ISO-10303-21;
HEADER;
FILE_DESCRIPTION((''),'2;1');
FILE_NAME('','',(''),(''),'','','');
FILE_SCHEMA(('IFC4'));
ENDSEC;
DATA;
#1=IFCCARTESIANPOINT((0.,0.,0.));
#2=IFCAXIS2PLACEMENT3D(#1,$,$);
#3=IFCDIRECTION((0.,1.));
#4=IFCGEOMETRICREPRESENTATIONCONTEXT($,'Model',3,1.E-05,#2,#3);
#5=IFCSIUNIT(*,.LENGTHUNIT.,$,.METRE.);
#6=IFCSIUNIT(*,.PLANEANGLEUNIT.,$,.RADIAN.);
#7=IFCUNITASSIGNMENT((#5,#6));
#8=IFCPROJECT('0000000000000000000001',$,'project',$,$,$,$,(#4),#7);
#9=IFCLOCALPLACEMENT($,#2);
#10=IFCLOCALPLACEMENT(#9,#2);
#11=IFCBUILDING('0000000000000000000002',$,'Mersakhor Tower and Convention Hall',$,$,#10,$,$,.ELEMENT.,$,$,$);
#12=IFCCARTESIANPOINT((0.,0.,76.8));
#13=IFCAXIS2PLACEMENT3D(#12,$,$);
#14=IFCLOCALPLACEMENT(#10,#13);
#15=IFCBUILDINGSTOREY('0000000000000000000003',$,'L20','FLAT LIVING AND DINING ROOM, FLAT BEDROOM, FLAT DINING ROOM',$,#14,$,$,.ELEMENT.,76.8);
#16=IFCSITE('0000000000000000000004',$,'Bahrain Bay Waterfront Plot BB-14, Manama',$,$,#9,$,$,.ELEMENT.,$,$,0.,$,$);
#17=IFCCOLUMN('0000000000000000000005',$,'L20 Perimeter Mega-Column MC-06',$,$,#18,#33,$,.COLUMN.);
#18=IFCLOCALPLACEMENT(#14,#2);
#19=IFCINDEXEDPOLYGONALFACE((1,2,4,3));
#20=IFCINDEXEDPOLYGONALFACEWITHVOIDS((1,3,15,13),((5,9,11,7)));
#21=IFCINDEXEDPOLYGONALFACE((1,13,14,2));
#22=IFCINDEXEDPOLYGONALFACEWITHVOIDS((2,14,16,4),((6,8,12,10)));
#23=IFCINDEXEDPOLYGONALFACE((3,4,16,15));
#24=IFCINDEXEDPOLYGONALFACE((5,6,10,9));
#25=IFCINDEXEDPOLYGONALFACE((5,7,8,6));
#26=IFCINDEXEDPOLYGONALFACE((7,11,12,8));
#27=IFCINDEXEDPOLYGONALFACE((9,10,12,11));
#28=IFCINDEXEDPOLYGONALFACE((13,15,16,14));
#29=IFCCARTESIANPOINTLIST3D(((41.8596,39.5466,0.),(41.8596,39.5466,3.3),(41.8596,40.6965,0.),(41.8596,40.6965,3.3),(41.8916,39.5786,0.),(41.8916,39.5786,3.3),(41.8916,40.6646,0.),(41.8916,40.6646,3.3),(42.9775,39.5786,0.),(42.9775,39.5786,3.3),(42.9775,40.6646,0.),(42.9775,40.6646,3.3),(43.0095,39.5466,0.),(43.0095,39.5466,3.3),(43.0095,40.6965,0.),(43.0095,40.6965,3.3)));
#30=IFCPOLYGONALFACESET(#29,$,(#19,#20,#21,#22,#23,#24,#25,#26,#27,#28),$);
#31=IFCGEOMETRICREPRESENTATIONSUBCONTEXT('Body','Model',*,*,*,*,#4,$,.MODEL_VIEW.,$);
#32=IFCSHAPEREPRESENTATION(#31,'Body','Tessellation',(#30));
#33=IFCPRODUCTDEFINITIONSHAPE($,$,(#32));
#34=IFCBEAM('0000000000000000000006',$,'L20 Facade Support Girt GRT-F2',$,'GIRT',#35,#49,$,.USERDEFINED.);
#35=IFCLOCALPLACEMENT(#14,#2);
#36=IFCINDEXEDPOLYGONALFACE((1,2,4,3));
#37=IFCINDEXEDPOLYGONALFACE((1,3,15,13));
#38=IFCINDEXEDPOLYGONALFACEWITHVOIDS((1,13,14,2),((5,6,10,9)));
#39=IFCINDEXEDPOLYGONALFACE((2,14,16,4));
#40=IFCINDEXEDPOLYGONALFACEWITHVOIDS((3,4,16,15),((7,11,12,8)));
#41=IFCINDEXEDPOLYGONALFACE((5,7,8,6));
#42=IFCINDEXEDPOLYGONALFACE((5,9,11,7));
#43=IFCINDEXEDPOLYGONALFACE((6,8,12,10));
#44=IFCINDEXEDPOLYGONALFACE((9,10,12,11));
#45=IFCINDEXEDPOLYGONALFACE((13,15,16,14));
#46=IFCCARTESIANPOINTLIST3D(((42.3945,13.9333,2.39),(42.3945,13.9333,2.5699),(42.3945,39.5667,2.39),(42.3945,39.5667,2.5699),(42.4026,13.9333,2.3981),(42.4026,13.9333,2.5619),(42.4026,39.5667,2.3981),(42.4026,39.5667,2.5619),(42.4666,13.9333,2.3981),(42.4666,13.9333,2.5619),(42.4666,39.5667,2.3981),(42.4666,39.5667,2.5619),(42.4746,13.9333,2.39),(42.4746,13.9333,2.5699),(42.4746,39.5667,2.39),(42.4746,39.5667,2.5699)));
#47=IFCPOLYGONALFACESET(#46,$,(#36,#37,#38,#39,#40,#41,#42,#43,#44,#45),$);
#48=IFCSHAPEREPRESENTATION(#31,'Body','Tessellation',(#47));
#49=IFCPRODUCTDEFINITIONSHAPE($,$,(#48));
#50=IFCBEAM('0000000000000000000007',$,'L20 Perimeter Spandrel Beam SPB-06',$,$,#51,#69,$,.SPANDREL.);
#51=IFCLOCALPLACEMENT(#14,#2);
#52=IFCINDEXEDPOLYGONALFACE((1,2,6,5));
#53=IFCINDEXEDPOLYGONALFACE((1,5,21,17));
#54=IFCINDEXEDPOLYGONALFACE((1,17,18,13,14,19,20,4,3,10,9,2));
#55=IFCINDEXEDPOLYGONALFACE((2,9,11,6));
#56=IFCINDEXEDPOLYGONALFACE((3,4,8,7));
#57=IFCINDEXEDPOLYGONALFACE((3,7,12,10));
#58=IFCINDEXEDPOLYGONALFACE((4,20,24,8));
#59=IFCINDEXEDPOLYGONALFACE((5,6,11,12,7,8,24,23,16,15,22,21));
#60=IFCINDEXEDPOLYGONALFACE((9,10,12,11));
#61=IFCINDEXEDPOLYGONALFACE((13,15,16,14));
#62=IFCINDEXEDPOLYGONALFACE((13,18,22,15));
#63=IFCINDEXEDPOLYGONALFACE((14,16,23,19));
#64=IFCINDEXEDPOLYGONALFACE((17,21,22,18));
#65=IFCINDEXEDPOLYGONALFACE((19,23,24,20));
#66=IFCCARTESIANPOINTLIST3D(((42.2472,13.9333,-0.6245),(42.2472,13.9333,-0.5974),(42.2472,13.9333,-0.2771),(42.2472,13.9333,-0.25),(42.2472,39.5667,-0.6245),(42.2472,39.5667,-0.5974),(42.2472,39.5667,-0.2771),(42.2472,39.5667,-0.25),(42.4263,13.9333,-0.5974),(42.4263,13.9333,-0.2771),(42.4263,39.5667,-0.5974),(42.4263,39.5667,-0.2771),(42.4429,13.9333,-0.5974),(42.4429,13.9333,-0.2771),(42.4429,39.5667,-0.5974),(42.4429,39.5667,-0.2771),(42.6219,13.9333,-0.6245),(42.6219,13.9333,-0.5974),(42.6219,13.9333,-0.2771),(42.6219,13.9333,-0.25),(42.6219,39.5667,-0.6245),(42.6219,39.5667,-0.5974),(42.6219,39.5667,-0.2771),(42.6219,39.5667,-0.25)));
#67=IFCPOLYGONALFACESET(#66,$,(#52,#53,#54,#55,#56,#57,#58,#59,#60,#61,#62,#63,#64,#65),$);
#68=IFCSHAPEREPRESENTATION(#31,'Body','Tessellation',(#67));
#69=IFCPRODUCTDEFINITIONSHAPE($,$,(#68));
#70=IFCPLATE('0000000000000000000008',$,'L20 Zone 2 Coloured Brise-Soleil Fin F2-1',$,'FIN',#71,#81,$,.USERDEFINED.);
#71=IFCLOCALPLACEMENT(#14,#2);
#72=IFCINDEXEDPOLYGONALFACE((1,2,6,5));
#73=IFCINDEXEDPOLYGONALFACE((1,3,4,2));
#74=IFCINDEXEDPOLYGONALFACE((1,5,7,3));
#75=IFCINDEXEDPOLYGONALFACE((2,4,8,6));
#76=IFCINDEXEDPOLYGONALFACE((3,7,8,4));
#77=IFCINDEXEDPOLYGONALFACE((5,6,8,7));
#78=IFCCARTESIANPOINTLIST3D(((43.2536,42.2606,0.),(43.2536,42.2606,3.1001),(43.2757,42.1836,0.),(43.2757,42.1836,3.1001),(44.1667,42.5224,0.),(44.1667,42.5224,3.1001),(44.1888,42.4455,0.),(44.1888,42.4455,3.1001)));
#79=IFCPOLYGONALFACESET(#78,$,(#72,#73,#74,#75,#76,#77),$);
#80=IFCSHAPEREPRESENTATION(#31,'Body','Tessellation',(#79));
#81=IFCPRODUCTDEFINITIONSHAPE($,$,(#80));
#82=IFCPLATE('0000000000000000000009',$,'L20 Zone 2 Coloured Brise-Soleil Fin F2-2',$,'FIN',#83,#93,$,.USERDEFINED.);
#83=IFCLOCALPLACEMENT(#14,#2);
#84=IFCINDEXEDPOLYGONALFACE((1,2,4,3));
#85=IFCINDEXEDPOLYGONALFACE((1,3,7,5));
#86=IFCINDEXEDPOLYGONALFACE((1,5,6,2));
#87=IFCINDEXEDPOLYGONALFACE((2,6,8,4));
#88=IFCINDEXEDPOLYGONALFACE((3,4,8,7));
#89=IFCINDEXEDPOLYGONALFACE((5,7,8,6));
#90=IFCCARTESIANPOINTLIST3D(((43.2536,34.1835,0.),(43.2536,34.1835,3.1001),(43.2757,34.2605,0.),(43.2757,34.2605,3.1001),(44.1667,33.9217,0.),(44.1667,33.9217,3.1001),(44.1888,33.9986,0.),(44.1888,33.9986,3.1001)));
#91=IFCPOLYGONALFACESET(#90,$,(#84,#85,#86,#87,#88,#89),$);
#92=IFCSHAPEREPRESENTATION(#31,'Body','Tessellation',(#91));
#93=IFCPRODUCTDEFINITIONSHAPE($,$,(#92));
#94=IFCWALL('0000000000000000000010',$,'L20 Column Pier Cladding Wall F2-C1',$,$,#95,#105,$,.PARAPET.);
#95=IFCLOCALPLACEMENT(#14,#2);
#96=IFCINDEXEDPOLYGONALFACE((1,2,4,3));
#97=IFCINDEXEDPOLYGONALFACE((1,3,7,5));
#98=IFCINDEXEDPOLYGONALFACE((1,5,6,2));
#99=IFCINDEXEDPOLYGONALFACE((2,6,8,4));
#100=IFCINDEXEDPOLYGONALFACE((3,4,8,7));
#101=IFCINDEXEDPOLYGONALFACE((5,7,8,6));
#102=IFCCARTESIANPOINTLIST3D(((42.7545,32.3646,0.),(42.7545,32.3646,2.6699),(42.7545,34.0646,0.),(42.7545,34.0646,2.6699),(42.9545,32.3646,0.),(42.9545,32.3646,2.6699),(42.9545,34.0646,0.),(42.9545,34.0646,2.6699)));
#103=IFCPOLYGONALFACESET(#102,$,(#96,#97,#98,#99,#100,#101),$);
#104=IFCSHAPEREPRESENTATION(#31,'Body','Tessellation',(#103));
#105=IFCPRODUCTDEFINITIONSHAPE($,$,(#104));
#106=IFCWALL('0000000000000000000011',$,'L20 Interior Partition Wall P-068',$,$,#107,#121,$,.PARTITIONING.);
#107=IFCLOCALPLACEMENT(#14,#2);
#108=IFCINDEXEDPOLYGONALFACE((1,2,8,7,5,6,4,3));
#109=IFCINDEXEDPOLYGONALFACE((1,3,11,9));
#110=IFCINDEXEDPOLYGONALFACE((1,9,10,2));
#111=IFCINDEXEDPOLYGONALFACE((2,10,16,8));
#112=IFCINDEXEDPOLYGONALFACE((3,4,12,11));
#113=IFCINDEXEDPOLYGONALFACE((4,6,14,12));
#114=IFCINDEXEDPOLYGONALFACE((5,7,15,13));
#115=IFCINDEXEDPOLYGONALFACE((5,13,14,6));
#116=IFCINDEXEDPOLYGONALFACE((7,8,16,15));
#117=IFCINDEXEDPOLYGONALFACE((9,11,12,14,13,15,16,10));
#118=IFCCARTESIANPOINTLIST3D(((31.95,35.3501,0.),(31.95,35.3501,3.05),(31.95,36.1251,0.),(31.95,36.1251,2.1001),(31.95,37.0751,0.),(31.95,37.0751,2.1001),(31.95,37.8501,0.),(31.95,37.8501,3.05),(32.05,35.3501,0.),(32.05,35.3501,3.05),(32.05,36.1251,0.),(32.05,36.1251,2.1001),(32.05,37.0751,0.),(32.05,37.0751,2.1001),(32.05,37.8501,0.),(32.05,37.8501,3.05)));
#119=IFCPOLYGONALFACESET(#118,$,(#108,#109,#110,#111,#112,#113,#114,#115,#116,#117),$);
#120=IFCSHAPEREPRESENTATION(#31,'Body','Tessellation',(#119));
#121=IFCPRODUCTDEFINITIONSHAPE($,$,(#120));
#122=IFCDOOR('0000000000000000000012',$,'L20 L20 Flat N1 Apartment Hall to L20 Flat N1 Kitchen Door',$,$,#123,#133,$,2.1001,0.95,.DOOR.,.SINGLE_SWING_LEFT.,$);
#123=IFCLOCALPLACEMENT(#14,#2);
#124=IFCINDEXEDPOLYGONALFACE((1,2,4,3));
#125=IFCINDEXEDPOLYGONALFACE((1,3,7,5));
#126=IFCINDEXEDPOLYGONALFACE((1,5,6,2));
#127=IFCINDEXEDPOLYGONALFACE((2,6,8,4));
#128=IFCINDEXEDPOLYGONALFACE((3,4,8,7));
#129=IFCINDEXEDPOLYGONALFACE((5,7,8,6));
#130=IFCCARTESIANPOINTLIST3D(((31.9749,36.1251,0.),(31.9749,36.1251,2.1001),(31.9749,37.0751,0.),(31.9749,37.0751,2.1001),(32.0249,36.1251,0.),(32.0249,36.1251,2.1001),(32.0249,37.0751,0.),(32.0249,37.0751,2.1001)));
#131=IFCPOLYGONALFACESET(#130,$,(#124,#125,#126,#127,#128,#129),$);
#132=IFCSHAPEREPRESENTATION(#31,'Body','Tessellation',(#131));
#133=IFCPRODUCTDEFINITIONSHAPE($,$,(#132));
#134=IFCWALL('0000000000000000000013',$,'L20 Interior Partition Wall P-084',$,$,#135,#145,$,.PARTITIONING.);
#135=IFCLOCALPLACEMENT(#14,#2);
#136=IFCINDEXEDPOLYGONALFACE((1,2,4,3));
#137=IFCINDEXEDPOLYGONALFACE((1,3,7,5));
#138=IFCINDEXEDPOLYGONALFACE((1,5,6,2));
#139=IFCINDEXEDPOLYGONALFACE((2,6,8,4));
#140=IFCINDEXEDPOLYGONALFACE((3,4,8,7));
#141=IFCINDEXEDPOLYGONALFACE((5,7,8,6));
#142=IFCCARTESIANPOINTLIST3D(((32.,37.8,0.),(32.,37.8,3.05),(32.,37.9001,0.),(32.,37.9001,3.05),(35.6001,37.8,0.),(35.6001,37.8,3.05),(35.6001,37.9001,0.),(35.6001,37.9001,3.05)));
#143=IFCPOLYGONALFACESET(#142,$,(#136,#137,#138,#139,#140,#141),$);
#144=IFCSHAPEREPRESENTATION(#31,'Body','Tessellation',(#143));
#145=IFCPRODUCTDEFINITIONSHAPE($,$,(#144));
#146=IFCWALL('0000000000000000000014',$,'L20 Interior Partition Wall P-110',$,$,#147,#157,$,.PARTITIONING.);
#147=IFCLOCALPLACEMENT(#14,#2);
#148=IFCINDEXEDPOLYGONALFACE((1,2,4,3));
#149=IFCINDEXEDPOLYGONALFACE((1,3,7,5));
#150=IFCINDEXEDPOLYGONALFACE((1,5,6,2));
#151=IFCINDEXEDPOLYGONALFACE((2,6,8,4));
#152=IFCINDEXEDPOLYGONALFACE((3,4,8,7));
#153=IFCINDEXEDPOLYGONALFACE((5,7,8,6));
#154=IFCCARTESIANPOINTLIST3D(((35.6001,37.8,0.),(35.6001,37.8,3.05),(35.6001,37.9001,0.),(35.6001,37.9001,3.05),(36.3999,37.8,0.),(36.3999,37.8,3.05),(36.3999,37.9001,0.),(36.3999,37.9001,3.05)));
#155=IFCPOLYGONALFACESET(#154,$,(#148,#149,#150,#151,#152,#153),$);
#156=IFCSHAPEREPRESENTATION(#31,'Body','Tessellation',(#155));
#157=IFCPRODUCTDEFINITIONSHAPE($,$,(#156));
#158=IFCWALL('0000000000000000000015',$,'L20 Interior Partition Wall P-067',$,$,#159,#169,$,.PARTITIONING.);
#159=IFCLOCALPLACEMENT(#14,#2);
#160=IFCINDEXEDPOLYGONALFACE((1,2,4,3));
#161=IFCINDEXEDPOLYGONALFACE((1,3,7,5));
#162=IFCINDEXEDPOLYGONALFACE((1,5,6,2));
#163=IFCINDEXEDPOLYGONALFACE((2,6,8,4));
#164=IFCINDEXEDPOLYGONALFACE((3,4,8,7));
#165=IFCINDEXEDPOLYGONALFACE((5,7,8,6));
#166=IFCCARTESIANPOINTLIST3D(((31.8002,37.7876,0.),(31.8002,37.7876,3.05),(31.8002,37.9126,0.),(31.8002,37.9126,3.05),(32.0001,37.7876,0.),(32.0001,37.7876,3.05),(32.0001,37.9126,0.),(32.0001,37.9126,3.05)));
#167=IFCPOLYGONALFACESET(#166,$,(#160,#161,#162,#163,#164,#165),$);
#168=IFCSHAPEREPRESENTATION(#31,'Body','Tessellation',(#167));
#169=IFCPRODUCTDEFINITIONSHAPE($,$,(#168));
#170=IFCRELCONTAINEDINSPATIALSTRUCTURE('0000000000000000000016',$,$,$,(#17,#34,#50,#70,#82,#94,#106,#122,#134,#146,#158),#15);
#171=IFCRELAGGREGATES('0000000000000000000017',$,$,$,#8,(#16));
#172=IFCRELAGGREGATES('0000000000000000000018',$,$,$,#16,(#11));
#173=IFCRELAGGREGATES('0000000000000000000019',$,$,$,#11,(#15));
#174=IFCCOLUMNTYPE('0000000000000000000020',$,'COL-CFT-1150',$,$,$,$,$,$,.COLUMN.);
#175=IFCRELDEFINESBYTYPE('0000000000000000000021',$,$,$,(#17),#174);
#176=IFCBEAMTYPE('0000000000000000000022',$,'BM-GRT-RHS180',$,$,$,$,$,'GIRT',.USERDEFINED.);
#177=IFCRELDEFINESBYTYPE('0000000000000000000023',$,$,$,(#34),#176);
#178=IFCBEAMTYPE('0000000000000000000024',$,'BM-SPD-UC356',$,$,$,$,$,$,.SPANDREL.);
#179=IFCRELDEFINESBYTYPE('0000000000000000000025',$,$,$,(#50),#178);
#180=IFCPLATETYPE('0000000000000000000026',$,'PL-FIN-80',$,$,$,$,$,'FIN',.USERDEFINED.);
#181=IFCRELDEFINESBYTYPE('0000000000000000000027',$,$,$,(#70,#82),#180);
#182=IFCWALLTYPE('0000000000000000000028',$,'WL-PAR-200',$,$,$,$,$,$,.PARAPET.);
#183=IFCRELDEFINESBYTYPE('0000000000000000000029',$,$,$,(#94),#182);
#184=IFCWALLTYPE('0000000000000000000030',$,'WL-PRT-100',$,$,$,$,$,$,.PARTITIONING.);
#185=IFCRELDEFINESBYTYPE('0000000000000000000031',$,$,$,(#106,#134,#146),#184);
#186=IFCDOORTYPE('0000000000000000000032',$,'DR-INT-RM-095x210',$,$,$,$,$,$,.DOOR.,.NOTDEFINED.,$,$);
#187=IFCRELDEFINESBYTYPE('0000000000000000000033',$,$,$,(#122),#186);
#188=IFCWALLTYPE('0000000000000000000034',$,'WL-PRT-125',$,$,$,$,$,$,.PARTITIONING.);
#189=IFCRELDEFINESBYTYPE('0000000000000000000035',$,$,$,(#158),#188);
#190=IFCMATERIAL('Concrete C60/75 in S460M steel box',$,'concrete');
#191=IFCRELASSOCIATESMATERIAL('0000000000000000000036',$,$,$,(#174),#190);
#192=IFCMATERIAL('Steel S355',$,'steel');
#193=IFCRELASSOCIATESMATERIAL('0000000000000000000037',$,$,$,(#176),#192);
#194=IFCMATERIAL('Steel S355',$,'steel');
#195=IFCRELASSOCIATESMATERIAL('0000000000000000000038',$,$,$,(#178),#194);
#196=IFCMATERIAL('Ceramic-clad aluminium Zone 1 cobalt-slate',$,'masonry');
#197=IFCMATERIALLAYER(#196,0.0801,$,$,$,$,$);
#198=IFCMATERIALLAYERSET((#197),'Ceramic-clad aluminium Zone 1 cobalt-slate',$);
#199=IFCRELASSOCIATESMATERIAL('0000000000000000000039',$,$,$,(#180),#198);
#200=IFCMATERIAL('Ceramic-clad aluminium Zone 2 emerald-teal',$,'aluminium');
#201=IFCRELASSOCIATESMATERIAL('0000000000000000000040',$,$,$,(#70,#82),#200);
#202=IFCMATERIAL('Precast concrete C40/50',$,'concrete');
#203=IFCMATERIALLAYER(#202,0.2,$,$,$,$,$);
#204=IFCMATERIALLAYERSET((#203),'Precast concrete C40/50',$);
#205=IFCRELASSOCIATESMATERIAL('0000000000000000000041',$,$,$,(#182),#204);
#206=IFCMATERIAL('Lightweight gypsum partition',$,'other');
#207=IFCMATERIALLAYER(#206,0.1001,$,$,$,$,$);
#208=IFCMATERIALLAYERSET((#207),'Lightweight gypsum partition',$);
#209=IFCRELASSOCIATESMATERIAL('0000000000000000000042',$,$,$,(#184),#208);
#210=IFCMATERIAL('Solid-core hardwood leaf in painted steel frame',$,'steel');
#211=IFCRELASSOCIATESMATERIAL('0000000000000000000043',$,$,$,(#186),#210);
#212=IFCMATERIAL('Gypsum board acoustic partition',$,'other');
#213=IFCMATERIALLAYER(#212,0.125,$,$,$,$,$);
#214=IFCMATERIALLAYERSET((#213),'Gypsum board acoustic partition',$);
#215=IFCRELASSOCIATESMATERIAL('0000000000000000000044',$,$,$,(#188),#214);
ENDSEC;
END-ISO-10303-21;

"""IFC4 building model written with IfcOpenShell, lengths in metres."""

from ifc_helpers import new_model, si_unit, direction, frame, frame_2d, origin, origin_2d, place, context, subcontext, project, spatial, rectangle, hollow_rectangle, i_section, extrude, material, layer, layer_set, material_profile, profile_set, type_object, element, fill, save


model = new_model("IFC4")

# Units and contexts
model_context = context("Model", 3, precision=1e-05, world=origin(), true_north=direction((0.0, 1.0)))
body_context = subcontext(model_context, "Body", "Model", "MODEL_VIEW")
ifc_project = project(units=[si_unit("LENGTHUNIT", "METRE"), si_unit("PLANEANGLEUNIT", "RADIAN")], contexts=[model_context])

# Site, building, storey
site_placement = place(None, origin())
site = spatial("IfcSite", under=ifc_project, at=site_placement, Name="Bahrain Bay Waterfront Plot BB-14, Manama", CompositionType="ELEMENT", RefElevation=0.0)
building_placement = place(site_placement, origin())
building = spatial("IfcBuilding", under=site, at=building_placement, Name="Mersakhor Tower and Convention Hall", CompositionType="ELEMENT")
storey_placement = place(building_placement, frame((0.0, 0.0, 76.8)))
storey = spatial("IfcBuildingStorey", under=building, at=storey_placement, Name="L20", Description="FLAT LIVING AND DINING ROOM, FLAT BEDROOM, FLAT DINING ROOM", CompositionType="ELEMENT", Elevation=76.8)

# Column
ifc_material_1 = material(Name="Concrete C60/75 in S460M steel box", Category="concrete")
ifc_material_profile_1 = material_profile(ifc_material_1, hollow_rectangle(XDim=1.1499, YDim=1.1499, WallThickness=0.032, at=origin_2d()), Name="SHS 1150x1150x32")
ifc_profile_set_1 = profile_set([ifc_material_profile_1], Name="Concrete C60/75 in S460M steel box")
column_type = type_object("IfcColumnType", Name="COL-CFT-1150", PredefinedType="COLUMN", material=ifc_profile_set_1)
column_placement = place(storey_placement, frame((42.4346, 40.1216, 0.0), z_axis=(0.0, 0.0, 1.0), x_axis=(1.0, 0.0, 0.0)))
element("IfcColumn", 1, at=column_placement, inside=storey, type_object=column_type, Name="L20 Perimeter Mega-Column MC-06", PredefinedType="COLUMN", context=body_context, shape_type="SweptSolid", body=[
    extrude(hollow_rectangle(XDim=1.1499, YDim=1.1499, WallThickness=0.032, at=origin_2d()), origin(), (0.0, 0.0, 1.0), 3.3),
])

# Beams
ifc_material_2 = material(Name="Steel S355", Category="steel")
ifc_material_profile_2 = material_profile(ifc_material_2, hollow_rectangle(XDim=0.0801, YDim=0.1799, WallThickness=0.0081, at=origin_2d()), Name="RHS 180x80x8")
ifc_profile_set_2 = profile_set([ifc_material_profile_2], Name="Steel S355")
beam_type_1 = type_object("IfcBeamType", Name="BM-GRT-RHS180", ElementType="GIRT", PredefinedType="USERDEFINED", material=ifc_profile_set_2)
beam_1_placement = place(storey_placement, frame((42.4346, 39.5667, 2.48), z_axis=(0.0, -1.0, 0.0), x_axis=(1.0, 0.0, 0.0)))
element("IfcBeam", 2, at=beam_1_placement, inside=storey, type_object=beam_type_1, Name="L20 Facade Support Girt GRT-F2", ObjectType="GIRT", PredefinedType="USERDEFINED", context=body_context, shape_type="SweptSolid", body=[
    extrude(hollow_rectangle(XDim=0.0801, YDim=0.1799, WallThickness=0.0081, at=origin_2d()), origin(), (0.0, 0.0, 1.0), 25.6333),
])
ifc_material_3 = material(Name="Steel S355", Category="steel")
ifc_material_profile_3 = material_profile(ifc_material_3, i_section(OverallWidth=0.3748, OverallDepth=0.3745, WebThickness=0.0166, FlangeThickness=0.0271, at=origin_2d()), Name="UC 356x368x202")
ifc_profile_set_3 = profile_set([ifc_material_profile_3], Name="Steel S355")
beam_type_2 = type_object("IfcBeamType", Name="BM-SPD-UC356", PredefinedType="SPANDREL", material=ifc_profile_set_3)
beam_2_placement = place(storey_placement, frame((42.4346, 39.5667, -0.4373), z_axis=(0.0, -1.0, 0.0), x_axis=(1.0, 0.0, 0.0)))
element("IfcBeam", 3, at=beam_2_placement, inside=storey, type_object=beam_type_2, Name="L20 Perimeter Spandrel Beam SPB-06", PredefinedType="SPANDREL", context=body_context, shape_type="SweptSolid", body=[
    extrude(i_section(OverallWidth=0.3748, OverallDepth=0.3745, WebThickness=0.0166, FlangeThickness=0.0271, at=origin_2d()), origin(), (0.0, 0.0, 1.0), 25.6333),
])

# Plates
ifc_material_4 = material(Name="Ceramic-clad aluminium Zone 2 emerald-teal", Category="aluminium")
ifc_material_5 = material(Name="Ceramic-clad aluminium Zone 1 cobalt-slate", Category="masonry")
ifc_layer_1 = layer(ifc_material_5, 0.0801)
ifc_layer_set_1 = layer_set([ifc_layer_1], Name="Ceramic-clad aluminium Zone 1 cobalt-slate")
plate_type = type_object("IfcPlateType", Name="PL-FIN-80", ElementType="FIN", PredefinedType="USERDEFINED", material=ifc_layer_set_1)
for number, where, z_axis, x_axis, name in (
    (4, (43.7212, 42.353, 0.0), (0.0, 0.0, 1.0), (0.961262, 0.275637, 0.0), "L20 Zone 2 Coloured Brise-Soleil Fin F2-1"),
    (5, (43.7212, 34.0911, 0.0), (0.0, 0.0, 1.0), (0.961262, -0.275637, 0.0), "L20 Zone 2 Coloured Brise-Soleil Fin F2-2"),
):
    element("IfcPlate", number, at=place(storey_placement, frame(where, z_axis=z_axis, x_axis=x_axis)), inside=storey, type_object=plate_type, material=ifc_material_4, Name=name, ObjectType="FIN", PredefinedType="USERDEFINED", context=body_context, shape_type="SweptSolid", body=[
        extrude(rectangle(XDim=0.95, YDim=0.0801, at=origin_2d()), origin(), (0.0, 0.0, 1.0), 3.1001),
    ])

# Wall
ifc_material_6 = material(Name="Precast concrete C40/50", Category="concrete")
ifc_layer_2 = layer(ifc_material_6, 0.2)
ifc_layer_set_2 = layer_set([ifc_layer_2], Name="Precast concrete C40/50")
wall_type_1 = type_object("IfcWallType", Name="WL-PAR-200", PredefinedType="PARAPET", material=ifc_layer_set_2)
wall_1_placement = place(storey_placement, frame((42.8545, 34.0647, 0.0), z_axis=(0.0, 0.0, 1.0), x_axis=(0.0, -1.0, 0.0)))
element("IfcWall", 6, at=wall_1_placement, inside=storey, type_object=wall_type_1, Name="L20 Column Pier Cladding Wall F2-C1", PredefinedType="PARAPET", context=body_context, shape_type="SweptSolid", body=[
    extrude(rectangle(XDim=1.7, YDim=0.2, at=frame_2d((0.8501, 0.0))), origin(), (0.0, 0.0, 1.0), 2.6699),
])

# Wall, opening, door
ifc_material_7 = material(Name="Lightweight gypsum partition", Category="other")
ifc_layer_3 = layer(ifc_material_7, 0.1001)
ifc_layer_set_3 = layer_set([ifc_layer_3], Name="Lightweight gypsum partition")
wall_type_2 = type_object("IfcWallType", Name="WL-PRT-100", PredefinedType="PARTITIONING", material=ifc_layer_set_3)
wall_2_placement = place(storey_placement, frame((32.0, 37.8501, 0.0), z_axis=(0.0, 0.0, 1.0), x_axis=(0.0, -1.0, 0.0)))
wall_2 = element("IfcWall", 7, at=wall_2_placement, inside=storey, type_object=wall_type_2, Name="L20 Interior Partition Wall P-068", PredefinedType="PARTITIONING", context=body_context, shape_type="SweptSolid", body=[
    extrude(rectangle(XDim=2.5, YDim=0.1001, at=frame_2d((1.25, 0.0))), origin(), (0.0, 0.0, 1.0), 3.05),
])
opening_1_placement = place(wall_2_placement, frame((0.7749, 0.0, 0.0)))
opening_1 = element("IfcOpeningElement", 8, at=opening_1_placement, cuts=wall_2, PredefinedType="OPENING", context=body_context, shape_type="SweptSolid", body=[
    extrude(rectangle(XDim=0.95, YDim=2.1001, at=frame_2d((0.4751, 1.05))), frame((0.0, 0.0601, 0.0), z_axis=(0.0, -1.0, 0.0), x_axis=(1.0, 0.0, 0.0)), (0.0, 0.0, 1.0), 0.1201),
])
ifc_material_8 = material(Name="Solid-core hardwood leaf in painted steel frame", Category="steel")
door_type_1 = type_object("IfcDoorType", Name="DR-INT-RM-095x210", OperationType="NOTDEFINED", PredefinedType="DOOR", material=ifc_material_8)
door_1_placement = place(opening_1_placement, origin())
door_1 = element("IfcDoor", 9, at=door_1_placement, inside=storey, type_object=door_type_1, Name="L20 L20 Flat N1 Apartment Hall to L20 Flat N1 Kitchen Door", OperationType="SINGLE_SWING_LEFT", OverallHeight=2.1001, OverallWidth=0.95, PredefinedType="DOOR", context=body_context, shape_type="SweptSolid", body=[
    extrude(rectangle(XDim=0.95, YDim=2.1001, at=frame_2d((0.4751, 1.05))), frame((0.0, 0.0249, 0.0), z_axis=(0.0, -1.0, 0.0), x_axis=(1.0, 0.0, 0.0)), (0.0, 0.0, 1.0), 0.05),
])
fill(opening_1, door_1)

# Walls
wall_3_placement = place(storey_placement, frame((32.0, 37.8501, 0.0), z_axis=(0.0, 0.0, 1.0), x_axis=(1.0, 0.0, 0.0)))
element("IfcWall", 10, at=wall_3_placement, inside=storey, type_object=wall_type_2, Name="L20 Interior Partition Wall P-084", PredefinedType="PARTITIONING", context=body_context, shape_type="SweptSolid", body=[
    extrude(rectangle(XDim=3.6001, YDim=0.1001, at=frame_2d((1.8, 0.0))), origin(), (0.0, 0.0, 1.0), 3.05),
])
wall_4_placement = place(storey_placement, frame((35.6001, 37.8501, 0.0), z_axis=(0.0, 0.0, 1.0), x_axis=(1.0, 0.0, 0.0)))
element("IfcWall", 11, at=wall_4_placement, inside=storey, type_object=wall_type_2, Name="L20 Interior Partition Wall P-110", PredefinedType="PARTITIONING", context=body_context, shape_type="SweptSolid", body=[
    extrude(rectangle(XDim=0.7998, YDim=0.1001, at=frame_2d((0.3999, 0.0))), origin(), (0.0, 0.0, 1.0), 3.05),
])
ifc_material_9 = material(Name="Gypsum board acoustic partition", Category="other")
ifc_layer_4 = layer(ifc_material_9, 0.125)
ifc_layer_set_4 = layer_set([ifc_layer_4], Name="Gypsum board acoustic partition")
wall_type_3 = type_object("IfcWallType", Name="WL-PRT-125", PredefinedType="PARTITIONING", material=ifc_layer_set_4)
wall_5_placement = place(storey_placement, frame((31.8, 37.8501, 0.0), z_axis=(0.0, 0.0, 1.0), x_axis=(1.0, 0.0, 0.0)))
element("IfcWall", 12, at=wall_5_placement, inside=storey, type_object=wall_type_3, Name="L20 Interior Partition Wall P-067", PredefinedType="PARTITIONING", context=body_context, shape_type="SweptSolid", body=[
    extrude(rectangle(XDim=0.2, YDim=0.125, at=frame_2d((0.1001, 0.0))), origin(), (0.0, 0.0, 1.0), 3.05),
])

save(model, "model.ifc")
